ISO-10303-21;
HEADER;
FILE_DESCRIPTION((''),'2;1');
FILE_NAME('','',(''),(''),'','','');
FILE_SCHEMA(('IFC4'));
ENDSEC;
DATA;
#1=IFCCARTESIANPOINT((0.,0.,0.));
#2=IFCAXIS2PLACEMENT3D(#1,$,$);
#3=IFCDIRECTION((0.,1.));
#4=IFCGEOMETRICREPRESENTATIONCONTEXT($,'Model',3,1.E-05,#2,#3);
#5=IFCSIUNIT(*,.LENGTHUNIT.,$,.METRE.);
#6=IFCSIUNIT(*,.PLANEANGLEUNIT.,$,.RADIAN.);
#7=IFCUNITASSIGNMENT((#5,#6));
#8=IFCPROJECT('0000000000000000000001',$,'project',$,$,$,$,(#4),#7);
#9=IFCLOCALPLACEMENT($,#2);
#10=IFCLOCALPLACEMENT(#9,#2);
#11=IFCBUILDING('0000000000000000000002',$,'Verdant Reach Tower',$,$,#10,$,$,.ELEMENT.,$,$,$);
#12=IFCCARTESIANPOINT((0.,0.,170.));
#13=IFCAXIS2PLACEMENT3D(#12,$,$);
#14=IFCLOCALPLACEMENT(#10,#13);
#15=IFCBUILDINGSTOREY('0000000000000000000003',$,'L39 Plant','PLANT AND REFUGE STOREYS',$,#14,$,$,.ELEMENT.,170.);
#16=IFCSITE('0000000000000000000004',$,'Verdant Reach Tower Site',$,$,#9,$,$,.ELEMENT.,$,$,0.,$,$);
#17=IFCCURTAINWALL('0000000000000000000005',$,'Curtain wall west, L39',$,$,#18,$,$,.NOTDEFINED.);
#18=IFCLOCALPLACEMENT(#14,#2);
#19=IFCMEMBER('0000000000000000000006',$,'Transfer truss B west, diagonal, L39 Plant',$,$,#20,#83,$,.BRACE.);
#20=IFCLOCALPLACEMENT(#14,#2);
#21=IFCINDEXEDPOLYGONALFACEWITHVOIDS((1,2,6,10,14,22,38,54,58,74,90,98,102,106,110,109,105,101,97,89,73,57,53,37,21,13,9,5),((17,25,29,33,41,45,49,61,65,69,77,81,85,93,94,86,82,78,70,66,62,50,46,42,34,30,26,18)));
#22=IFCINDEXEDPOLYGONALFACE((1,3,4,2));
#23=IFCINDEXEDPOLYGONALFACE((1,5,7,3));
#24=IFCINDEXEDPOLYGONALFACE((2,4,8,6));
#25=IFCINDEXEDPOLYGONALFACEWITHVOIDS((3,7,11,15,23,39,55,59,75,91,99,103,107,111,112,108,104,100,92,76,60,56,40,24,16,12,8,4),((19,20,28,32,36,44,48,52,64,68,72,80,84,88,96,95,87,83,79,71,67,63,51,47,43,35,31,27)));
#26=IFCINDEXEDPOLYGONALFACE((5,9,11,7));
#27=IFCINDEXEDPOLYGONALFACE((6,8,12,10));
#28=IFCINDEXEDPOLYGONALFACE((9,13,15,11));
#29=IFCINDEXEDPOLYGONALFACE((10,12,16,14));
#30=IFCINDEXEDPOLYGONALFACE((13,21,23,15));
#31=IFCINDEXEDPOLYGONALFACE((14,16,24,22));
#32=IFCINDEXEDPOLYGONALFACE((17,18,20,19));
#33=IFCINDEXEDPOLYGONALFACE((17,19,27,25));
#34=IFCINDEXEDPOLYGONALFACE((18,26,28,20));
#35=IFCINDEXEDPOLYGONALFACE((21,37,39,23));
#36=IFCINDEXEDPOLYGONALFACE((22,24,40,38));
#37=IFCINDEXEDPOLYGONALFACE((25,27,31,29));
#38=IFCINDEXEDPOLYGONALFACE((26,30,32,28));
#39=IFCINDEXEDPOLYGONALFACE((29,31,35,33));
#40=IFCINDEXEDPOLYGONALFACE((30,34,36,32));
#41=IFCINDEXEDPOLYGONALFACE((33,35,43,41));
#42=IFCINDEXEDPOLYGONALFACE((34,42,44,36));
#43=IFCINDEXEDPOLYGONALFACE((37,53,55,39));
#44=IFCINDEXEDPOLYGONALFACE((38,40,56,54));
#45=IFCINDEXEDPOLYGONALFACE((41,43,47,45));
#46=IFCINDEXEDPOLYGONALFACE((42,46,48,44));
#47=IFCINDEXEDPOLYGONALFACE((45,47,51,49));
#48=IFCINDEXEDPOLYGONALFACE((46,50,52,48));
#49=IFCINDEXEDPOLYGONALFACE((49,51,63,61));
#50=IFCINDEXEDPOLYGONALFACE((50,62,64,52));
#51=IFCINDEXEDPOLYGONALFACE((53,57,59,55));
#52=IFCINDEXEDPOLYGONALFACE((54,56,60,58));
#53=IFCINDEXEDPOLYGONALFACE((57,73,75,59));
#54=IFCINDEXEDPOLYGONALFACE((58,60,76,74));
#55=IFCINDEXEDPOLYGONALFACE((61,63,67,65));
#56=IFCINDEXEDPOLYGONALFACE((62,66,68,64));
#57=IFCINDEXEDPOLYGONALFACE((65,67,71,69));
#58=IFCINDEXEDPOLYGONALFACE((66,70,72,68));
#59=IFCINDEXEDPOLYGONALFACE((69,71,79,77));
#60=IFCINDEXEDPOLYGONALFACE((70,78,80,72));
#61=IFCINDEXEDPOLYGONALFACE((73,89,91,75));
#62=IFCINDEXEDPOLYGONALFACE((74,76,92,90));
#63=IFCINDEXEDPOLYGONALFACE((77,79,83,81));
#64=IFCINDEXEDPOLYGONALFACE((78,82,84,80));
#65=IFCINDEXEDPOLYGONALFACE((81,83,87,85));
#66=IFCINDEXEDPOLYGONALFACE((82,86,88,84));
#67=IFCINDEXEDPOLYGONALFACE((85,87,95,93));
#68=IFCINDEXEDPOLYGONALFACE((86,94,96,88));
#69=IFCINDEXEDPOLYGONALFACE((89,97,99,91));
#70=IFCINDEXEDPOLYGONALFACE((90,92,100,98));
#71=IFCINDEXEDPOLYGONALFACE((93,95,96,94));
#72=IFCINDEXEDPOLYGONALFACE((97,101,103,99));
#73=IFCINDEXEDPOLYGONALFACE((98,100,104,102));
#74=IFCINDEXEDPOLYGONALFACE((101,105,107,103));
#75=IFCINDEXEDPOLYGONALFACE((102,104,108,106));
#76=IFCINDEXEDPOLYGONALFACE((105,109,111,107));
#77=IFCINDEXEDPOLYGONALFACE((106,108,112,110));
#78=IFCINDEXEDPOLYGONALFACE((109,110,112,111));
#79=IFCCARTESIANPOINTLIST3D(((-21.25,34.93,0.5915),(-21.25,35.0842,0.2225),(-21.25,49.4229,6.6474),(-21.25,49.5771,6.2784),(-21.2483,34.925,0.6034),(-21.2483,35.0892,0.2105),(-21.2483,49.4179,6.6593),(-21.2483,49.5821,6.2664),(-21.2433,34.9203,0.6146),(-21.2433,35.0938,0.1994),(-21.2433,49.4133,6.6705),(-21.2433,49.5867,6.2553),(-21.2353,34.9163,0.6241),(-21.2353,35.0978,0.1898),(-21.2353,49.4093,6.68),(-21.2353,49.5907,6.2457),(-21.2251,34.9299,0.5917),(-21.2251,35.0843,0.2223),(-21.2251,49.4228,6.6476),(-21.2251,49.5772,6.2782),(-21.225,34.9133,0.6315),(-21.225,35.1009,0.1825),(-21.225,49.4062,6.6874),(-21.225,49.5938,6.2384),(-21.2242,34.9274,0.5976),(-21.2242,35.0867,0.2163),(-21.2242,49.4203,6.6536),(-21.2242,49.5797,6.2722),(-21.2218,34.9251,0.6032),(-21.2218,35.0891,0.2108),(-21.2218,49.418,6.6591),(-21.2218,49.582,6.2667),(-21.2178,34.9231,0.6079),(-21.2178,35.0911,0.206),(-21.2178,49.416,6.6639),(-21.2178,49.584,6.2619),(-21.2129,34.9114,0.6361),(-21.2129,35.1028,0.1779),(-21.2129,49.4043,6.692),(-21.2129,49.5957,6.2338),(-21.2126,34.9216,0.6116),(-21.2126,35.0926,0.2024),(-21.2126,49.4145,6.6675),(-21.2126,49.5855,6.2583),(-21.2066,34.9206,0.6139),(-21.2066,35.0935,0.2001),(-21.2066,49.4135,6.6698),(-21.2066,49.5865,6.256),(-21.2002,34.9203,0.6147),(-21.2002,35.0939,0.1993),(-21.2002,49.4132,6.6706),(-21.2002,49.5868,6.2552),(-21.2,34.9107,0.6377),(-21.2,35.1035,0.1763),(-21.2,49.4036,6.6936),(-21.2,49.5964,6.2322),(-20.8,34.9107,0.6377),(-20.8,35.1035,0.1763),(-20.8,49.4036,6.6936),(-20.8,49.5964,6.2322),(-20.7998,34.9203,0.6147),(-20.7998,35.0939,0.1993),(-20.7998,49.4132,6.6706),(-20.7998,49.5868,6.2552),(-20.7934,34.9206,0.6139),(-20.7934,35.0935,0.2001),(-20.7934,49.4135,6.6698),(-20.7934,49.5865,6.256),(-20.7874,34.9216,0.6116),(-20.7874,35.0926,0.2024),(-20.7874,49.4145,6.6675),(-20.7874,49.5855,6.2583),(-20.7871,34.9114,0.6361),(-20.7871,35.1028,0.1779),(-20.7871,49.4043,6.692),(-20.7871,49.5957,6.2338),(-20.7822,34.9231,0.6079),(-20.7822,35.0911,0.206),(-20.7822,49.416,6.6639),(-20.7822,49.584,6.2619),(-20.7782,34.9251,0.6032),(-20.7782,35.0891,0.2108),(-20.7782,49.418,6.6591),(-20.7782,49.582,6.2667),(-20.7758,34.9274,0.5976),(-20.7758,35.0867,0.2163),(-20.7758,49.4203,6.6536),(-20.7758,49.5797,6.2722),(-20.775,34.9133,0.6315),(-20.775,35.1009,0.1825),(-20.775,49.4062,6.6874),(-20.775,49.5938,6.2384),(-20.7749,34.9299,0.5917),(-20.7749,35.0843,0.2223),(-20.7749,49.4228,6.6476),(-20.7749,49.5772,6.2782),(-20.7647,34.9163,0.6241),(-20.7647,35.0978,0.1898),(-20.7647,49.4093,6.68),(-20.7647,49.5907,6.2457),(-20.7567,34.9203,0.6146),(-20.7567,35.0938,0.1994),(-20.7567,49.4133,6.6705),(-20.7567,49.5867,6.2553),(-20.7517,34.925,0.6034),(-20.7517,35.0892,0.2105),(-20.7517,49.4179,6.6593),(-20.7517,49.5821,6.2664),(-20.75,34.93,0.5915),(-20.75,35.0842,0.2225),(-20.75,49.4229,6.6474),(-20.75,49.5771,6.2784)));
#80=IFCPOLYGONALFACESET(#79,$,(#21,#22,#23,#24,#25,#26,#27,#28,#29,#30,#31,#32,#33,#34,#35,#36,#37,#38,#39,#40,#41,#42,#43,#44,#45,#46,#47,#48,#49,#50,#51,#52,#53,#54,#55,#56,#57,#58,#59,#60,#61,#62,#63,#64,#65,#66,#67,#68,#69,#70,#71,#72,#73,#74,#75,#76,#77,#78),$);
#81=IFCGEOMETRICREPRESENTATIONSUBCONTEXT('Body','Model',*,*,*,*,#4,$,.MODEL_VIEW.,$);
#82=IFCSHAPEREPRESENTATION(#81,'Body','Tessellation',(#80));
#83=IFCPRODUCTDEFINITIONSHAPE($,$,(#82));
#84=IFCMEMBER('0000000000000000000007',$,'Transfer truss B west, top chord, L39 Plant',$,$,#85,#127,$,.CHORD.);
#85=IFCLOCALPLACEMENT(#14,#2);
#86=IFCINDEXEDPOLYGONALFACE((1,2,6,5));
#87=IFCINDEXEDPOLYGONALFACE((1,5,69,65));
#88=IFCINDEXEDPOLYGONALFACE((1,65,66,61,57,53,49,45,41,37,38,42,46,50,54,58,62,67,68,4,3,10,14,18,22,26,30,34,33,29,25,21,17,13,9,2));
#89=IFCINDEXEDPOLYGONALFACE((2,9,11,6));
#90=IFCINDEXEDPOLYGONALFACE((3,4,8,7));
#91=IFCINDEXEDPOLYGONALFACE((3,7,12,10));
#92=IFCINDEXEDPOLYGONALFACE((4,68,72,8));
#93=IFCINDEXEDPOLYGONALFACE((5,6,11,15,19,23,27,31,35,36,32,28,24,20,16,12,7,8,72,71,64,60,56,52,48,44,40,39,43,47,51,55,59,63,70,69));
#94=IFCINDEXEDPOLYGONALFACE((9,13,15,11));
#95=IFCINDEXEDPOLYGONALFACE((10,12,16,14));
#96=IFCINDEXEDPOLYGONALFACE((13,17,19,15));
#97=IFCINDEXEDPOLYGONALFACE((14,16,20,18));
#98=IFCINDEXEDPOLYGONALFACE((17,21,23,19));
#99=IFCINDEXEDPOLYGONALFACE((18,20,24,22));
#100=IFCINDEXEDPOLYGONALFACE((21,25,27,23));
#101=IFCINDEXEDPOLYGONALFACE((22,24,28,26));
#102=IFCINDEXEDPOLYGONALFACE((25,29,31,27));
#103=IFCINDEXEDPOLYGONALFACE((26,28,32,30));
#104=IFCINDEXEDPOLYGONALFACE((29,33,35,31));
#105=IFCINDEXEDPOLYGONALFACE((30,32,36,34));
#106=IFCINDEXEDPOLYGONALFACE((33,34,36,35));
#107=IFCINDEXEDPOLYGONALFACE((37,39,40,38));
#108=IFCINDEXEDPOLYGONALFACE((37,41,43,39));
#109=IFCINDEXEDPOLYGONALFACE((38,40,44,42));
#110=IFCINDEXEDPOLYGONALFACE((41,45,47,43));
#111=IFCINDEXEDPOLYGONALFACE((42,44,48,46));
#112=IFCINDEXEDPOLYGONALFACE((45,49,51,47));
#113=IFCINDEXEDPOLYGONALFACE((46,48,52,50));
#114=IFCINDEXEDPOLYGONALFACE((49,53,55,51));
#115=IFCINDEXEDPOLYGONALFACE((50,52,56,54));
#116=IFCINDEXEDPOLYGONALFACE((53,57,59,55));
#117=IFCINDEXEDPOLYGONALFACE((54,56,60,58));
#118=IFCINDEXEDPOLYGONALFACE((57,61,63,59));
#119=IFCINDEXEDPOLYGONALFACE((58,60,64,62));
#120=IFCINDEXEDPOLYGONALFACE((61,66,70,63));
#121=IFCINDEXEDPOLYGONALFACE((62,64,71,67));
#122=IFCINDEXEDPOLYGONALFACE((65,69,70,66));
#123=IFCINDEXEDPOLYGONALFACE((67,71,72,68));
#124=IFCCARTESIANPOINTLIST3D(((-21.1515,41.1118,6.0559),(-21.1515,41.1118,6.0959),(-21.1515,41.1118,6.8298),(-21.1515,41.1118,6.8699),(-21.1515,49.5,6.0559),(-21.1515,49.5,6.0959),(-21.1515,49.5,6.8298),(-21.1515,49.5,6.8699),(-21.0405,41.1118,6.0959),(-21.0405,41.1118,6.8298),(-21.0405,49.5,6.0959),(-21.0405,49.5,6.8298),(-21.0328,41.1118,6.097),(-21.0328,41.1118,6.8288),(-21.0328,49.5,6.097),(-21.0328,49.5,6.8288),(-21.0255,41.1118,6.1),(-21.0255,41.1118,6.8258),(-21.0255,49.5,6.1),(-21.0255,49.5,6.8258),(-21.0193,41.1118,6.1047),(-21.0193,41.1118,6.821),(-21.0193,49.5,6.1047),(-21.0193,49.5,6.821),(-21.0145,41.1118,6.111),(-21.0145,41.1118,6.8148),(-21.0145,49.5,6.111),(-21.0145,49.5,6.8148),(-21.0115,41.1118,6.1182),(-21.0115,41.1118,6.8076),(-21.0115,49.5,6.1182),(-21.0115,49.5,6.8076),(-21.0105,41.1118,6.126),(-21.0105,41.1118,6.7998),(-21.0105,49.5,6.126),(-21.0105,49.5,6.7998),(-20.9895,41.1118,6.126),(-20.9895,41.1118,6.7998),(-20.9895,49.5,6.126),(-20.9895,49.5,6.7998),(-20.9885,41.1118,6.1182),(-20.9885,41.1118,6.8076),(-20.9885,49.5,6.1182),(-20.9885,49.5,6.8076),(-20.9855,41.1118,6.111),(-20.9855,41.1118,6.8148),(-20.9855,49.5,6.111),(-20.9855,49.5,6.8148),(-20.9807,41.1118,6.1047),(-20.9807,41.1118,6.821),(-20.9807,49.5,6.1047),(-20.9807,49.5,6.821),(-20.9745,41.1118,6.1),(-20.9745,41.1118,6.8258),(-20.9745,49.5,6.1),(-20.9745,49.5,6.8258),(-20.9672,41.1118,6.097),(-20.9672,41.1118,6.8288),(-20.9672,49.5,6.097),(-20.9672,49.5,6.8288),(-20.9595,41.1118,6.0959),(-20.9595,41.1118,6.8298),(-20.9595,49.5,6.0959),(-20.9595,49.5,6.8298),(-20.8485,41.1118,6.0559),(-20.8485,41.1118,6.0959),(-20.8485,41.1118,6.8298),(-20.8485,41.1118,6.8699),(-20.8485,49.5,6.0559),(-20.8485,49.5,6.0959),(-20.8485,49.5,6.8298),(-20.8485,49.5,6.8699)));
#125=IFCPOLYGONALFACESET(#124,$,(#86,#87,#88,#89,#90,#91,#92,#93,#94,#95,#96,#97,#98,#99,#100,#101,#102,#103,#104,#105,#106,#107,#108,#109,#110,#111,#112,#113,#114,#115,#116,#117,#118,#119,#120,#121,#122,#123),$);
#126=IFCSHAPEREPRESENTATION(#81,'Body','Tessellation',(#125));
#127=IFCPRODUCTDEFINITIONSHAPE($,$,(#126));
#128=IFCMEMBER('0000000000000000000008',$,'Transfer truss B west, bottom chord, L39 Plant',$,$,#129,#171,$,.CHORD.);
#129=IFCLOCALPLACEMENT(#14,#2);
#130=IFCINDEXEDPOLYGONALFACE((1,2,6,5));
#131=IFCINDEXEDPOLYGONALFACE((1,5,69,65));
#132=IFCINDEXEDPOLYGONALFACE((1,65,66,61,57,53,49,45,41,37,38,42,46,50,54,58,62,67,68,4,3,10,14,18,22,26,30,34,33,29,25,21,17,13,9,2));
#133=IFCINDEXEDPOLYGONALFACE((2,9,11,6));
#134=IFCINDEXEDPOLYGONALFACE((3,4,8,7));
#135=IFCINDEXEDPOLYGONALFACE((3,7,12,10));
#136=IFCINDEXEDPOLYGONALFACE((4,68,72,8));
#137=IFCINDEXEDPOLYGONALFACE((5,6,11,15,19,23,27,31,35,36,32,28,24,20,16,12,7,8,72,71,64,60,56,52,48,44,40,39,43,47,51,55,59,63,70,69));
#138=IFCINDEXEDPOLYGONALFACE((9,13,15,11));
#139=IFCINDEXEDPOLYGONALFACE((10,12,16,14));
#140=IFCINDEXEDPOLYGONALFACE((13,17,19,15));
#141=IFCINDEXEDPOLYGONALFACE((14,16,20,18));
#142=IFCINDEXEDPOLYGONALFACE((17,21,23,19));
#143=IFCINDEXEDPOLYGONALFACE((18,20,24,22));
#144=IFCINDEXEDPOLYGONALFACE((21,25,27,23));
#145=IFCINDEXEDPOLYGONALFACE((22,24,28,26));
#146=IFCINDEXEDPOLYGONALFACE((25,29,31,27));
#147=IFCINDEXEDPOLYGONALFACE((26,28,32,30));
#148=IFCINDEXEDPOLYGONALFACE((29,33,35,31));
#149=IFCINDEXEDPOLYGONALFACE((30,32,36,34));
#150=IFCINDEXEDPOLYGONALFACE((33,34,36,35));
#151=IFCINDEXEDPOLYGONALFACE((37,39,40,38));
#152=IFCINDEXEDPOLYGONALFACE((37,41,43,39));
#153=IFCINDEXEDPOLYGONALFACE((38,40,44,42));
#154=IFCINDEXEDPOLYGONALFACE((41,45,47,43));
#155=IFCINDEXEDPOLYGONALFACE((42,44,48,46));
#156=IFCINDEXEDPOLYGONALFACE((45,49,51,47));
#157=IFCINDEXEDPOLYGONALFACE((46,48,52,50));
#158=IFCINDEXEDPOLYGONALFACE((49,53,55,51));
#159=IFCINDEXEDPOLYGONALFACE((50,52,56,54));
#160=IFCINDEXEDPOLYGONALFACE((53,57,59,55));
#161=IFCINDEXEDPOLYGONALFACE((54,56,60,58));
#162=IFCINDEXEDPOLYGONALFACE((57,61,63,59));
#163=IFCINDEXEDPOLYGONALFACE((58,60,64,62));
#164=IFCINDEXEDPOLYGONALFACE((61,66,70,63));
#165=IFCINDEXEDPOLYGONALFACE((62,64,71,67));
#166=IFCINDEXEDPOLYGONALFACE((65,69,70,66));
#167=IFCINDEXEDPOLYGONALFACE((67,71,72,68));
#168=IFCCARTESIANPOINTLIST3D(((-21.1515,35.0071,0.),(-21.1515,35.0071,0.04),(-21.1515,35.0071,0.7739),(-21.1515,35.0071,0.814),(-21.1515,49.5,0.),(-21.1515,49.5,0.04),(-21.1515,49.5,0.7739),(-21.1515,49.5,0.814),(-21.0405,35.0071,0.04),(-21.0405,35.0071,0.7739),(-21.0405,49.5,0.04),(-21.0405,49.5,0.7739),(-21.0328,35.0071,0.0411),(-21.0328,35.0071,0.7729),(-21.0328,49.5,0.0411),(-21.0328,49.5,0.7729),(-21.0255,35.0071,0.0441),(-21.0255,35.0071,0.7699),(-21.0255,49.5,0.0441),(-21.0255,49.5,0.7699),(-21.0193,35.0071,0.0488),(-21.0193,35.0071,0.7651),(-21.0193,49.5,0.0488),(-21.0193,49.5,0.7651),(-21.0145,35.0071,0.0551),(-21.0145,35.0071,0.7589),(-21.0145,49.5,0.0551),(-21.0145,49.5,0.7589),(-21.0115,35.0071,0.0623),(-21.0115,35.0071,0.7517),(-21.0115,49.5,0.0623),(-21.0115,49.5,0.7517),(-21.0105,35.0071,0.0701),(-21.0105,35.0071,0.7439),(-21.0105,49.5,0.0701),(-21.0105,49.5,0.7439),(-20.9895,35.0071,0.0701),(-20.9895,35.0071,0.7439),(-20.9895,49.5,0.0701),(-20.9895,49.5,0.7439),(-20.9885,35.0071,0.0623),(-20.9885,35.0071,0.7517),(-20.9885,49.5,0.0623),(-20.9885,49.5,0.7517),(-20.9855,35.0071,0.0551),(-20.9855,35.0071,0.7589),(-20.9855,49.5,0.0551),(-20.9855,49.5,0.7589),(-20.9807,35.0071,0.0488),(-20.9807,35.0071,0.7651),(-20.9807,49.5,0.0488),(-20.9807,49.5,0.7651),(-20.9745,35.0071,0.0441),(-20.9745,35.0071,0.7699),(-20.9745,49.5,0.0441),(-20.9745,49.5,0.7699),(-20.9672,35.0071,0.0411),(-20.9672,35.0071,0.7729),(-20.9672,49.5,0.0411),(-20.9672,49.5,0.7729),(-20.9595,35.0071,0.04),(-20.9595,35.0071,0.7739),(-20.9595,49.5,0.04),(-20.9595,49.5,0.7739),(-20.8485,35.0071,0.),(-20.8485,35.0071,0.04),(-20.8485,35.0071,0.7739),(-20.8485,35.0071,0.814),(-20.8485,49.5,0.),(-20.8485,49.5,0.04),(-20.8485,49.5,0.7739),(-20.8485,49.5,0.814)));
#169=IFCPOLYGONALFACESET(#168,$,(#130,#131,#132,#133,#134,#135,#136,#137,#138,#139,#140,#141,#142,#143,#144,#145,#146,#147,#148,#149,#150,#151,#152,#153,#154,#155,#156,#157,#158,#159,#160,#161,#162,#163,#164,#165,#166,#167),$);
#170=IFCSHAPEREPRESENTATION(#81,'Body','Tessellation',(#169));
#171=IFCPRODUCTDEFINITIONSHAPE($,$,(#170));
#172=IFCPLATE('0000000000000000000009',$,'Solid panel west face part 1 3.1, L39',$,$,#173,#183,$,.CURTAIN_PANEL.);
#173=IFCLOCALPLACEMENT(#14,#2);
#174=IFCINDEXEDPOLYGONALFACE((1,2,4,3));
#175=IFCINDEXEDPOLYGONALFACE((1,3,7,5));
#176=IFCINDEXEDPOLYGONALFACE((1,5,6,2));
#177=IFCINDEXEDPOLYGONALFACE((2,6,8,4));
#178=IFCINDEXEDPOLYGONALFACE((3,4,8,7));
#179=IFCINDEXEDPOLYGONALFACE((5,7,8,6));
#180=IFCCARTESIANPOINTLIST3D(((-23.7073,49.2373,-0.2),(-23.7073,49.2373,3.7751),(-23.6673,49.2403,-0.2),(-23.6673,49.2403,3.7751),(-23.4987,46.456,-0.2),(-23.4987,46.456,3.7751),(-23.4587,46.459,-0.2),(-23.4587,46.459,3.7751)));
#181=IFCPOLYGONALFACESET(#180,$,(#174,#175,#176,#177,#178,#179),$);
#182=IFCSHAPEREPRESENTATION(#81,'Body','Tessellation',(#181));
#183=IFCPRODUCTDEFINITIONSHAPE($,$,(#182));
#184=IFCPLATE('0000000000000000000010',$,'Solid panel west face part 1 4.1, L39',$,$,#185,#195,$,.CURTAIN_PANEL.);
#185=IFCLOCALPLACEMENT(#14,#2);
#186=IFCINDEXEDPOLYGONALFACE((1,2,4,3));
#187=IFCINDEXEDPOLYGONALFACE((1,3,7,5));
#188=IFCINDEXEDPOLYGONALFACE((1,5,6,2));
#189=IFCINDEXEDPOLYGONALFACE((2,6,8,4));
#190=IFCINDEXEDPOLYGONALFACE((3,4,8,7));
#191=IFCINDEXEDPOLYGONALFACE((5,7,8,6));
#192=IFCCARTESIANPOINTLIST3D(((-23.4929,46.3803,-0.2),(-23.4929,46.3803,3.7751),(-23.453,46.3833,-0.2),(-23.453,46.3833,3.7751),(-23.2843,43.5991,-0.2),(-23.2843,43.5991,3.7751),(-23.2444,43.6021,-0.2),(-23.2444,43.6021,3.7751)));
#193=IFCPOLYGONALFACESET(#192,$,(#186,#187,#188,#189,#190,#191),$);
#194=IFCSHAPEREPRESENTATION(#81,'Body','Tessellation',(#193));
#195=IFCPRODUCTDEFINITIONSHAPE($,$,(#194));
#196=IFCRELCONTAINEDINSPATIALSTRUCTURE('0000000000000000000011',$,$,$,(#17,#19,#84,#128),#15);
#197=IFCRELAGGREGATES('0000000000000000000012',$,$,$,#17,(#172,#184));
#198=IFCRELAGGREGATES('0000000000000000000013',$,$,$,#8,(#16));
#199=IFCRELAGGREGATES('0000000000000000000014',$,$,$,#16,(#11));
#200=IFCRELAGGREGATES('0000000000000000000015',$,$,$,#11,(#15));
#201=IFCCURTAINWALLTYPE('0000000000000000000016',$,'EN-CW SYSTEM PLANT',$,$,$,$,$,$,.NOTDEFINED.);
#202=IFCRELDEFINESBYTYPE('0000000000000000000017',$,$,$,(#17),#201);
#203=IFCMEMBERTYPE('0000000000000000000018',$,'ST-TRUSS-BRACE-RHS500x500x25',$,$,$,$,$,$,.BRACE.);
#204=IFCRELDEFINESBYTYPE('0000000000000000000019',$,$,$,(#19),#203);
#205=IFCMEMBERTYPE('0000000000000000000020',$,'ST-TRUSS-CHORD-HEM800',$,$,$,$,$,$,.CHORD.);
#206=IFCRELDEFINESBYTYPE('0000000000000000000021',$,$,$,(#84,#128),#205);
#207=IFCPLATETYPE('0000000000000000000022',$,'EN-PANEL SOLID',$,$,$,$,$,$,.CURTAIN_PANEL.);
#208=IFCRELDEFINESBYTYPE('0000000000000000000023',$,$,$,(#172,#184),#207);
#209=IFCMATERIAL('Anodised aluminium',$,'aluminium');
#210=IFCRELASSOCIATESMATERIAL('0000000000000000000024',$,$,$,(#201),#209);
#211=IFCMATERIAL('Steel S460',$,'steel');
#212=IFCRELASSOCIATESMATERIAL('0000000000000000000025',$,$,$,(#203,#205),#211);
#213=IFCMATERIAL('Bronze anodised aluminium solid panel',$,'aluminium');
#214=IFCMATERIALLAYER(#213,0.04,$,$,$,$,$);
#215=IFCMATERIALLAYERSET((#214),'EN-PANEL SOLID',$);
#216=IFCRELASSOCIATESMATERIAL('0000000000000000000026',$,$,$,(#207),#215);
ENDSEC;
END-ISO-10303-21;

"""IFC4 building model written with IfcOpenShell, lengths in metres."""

from ifc_helpers import new_model, si_unit, direction, frame, origin, origin_2d, place, context, subcontext, project, spatial, rectangle, hollow_rectangle, i_section, extrude, material, layer, layer_set, material_profile, profile_set, type_object, element, aggregate, save


model = new_model("IFC4")

# Units and contexts
model_context = context("Model", 3, precision=1e-05, world=origin(), true_north=direction((0.0, 1.0)))
body_context = subcontext(model_context, "Body", "Model", "MODEL_VIEW")
ifc_project = project(units=[si_unit("LENGTHUNIT", "METRE"), si_unit("PLANEANGLEUNIT", "RADIAN")], contexts=[model_context])

# Site, building, storey
site_placement = place(None, origin())
site = spatial("IfcSite", under=ifc_project, at=site_placement, Name="Verdant Reach Tower Site", CompositionType="ELEMENT", RefElevation=0.0)
building_placement = place(site_placement, origin())
building = spatial("IfcBuilding", under=site, at=building_placement, Name="Verdant Reach Tower", CompositionType="ELEMENT")
storey_placement = place(building_placement, frame((0.0, 0.0, 170.0)))
storey = spatial("IfcBuildingStorey", under=building, at=storey_placement, Name="L39 Plant", Description="PLANT AND REFUGE STOREYS", CompositionType="ELEMENT", Elevation=170.0)

# Shared definitions
ifc_material_1 = material(Name="Steel S460", Category="steel")

# Curtain wall
ifc_material_2 = material(Name="Anodised aluminium", Category="aluminium")
curtain_wall_type = type_object("IfcCurtainWallType", Name="EN-CW SYSTEM PLANT", PredefinedType="NOTDEFINED", material=ifc_material_2)
curtain_wall_placement = place(storey_placement, origin())
curtain_wall = element("IfcCurtainWall", 1, at=curtain_wall_placement, inside=storey, type_object=curtain_wall_type, Name="Curtain wall west, L39", PredefinedType="NOTDEFINED")

# Members
ifc_material_profile_1 = material_profile(ifc_material_1, hollow_rectangle(XDim=0.5, YDim=0.5, WallThickness=0.0249, InnerFilletRadius=0.0249, OuterFilletRadius=0.05, at=origin_2d()), Name="RHS 500x500x25")
ifc_profile_set_1 = profile_set([ifc_material_profile_1], Name="Steel S460")
member_type_1 = type_object("IfcMemberType", Name="ST-TRUSS-BRACE-RHS500x500x25", PredefinedType="BRACE", material=ifc_profile_set_1)
member_1_placement = place(storey_placement, frame((-21.0, 35.0071, 0.407), z_axis=(0.0, 0.922688, 0.385548), x_axis=(-1.0, 0.0, 0.0)))
element("IfcMember", 2, at=member_1_placement, inside=storey, type_object=member_type_1, Name="Transfer truss B west, diagonal, L39 Plant", PredefinedType="BRACE", context=body_context, shape_type="SweptSolid", body=[
    extrude(hollow_rectangle(XDim=0.5, YDim=0.5, WallThickness=0.0249, InnerFilletRadius=0.0249, OuterFilletRadius=0.05, at=origin_2d()), origin(), (0.0, 0.0, 1.0), 15.7073),
])
ifc_material_profile_2 = material_profile(ifc_material_1, i_section(OverallWidth=0.303, OverallDepth=0.814, WebThickness=0.021, FlangeThickness=0.04, FilletRadius=0.03, at=origin_2d()), Name="HEM 800")
ifc_profile_set_2 = profile_set([ifc_material_profile_2], Name="Steel S460")
member_type_2 = type_object("IfcMemberType", Name="ST-TRUSS-CHORD-HEM800", PredefinedType="CHORD", material=ifc_profile_set_2)
member_2_placement = place(storey_placement, frame((-21.0, 41.1118, 6.4629), z_axis=(0.0, 1.0, 0.0), x_axis=(-1.0, 0.0, 0.0)))
element("IfcMember", 3, at=member_2_placement, inside=storey, type_object=member_type_2, Name="Transfer truss B west, top chord, L39 Plant", PredefinedType="CHORD", context=body_context, shape_type="SweptSolid", body=[
    extrude(i_section(OverallWidth=0.303, OverallDepth=0.814, WebThickness=0.021, FlangeThickness=0.04, FilletRadius=0.03, at=origin_2d()), origin(), (0.0, 0.0, 1.0), 8.3882),
])
member_3_placement = place(storey_placement, frame((-21.0, 35.0071, 0.407), z_axis=(0.0, 1.0, 0.0), x_axis=(-1.0, 0.0, 0.0)))
element("IfcMember", 4, at=member_3_placement, inside=storey, type_object=member_type_2, Name="Transfer truss B west, bottom chord, L39 Plant", PredefinedType="CHORD", context=body_context, shape_type="SweptSolid", body=[
    extrude(i_section(OverallWidth=0.303, OverallDepth=0.814, WebThickness=0.021, FlangeThickness=0.04, FilletRadius=0.03, at=origin_2d()), origin(), (0.0, 0.0, 1.0), 14.4929),
])

# Plates
ifc_material_3 = material(Name="Bronze anodised aluminium solid panel", Category="aluminium")
ifc_layer_1 = layer(ifc_material_3, 0.04)
ifc_layer_set_1 = layer_set([ifc_layer_1], Name="EN-PANEL SOLID")
plate_type_1 = type_object("IfcPlateType", Name="EN-PANEL SOLID", PredefinedType="CURTAIN_PANEL", material=ifc_layer_set_1)
plate_1_placement = place(storey_placement, frame((-23.583, 47.8481, -0.2), z_axis=(0.0, 0.0, 1.0), x_axis=(0.07479, -0.997199, 0.0)))
plate_1 = element("IfcPlate", 5, at=plate_1_placement, type_object=plate_type_1, Name="Solid panel west face part 1 3.1, L39", PredefinedType="CURTAIN_PANEL", context=body_context, shape_type="SweptSolid", body=[
    extrude(rectangle(XDim=2.7891, YDim=0.04, at=origin_2d()), origin(), (0.0, 0.0, 1.0), 3.9751),
])
plate_2_placement = place(storey_placement, frame((-23.3687, 44.9912, -0.2), z_axis=(0.0, 0.0, 1.0), x_axis=(0.07479, -0.997199, 0.0)))
plate_2 = element("IfcPlate", 6, at=plate_2_placement, type_object=plate_type_1, Name="Solid panel west face part 1 4.1, L39", PredefinedType="CURTAIN_PANEL", context=body_context, shape_type="SweptSolid", body=[
    extrude(rectangle(XDim=2.7891, YDim=0.04, at=origin_2d()), origin(), (0.0, 0.0, 1.0), 3.9751),
])

aggregate(curtain_wall, [plate_1, plate_2])

save(model, "model.ifc")
